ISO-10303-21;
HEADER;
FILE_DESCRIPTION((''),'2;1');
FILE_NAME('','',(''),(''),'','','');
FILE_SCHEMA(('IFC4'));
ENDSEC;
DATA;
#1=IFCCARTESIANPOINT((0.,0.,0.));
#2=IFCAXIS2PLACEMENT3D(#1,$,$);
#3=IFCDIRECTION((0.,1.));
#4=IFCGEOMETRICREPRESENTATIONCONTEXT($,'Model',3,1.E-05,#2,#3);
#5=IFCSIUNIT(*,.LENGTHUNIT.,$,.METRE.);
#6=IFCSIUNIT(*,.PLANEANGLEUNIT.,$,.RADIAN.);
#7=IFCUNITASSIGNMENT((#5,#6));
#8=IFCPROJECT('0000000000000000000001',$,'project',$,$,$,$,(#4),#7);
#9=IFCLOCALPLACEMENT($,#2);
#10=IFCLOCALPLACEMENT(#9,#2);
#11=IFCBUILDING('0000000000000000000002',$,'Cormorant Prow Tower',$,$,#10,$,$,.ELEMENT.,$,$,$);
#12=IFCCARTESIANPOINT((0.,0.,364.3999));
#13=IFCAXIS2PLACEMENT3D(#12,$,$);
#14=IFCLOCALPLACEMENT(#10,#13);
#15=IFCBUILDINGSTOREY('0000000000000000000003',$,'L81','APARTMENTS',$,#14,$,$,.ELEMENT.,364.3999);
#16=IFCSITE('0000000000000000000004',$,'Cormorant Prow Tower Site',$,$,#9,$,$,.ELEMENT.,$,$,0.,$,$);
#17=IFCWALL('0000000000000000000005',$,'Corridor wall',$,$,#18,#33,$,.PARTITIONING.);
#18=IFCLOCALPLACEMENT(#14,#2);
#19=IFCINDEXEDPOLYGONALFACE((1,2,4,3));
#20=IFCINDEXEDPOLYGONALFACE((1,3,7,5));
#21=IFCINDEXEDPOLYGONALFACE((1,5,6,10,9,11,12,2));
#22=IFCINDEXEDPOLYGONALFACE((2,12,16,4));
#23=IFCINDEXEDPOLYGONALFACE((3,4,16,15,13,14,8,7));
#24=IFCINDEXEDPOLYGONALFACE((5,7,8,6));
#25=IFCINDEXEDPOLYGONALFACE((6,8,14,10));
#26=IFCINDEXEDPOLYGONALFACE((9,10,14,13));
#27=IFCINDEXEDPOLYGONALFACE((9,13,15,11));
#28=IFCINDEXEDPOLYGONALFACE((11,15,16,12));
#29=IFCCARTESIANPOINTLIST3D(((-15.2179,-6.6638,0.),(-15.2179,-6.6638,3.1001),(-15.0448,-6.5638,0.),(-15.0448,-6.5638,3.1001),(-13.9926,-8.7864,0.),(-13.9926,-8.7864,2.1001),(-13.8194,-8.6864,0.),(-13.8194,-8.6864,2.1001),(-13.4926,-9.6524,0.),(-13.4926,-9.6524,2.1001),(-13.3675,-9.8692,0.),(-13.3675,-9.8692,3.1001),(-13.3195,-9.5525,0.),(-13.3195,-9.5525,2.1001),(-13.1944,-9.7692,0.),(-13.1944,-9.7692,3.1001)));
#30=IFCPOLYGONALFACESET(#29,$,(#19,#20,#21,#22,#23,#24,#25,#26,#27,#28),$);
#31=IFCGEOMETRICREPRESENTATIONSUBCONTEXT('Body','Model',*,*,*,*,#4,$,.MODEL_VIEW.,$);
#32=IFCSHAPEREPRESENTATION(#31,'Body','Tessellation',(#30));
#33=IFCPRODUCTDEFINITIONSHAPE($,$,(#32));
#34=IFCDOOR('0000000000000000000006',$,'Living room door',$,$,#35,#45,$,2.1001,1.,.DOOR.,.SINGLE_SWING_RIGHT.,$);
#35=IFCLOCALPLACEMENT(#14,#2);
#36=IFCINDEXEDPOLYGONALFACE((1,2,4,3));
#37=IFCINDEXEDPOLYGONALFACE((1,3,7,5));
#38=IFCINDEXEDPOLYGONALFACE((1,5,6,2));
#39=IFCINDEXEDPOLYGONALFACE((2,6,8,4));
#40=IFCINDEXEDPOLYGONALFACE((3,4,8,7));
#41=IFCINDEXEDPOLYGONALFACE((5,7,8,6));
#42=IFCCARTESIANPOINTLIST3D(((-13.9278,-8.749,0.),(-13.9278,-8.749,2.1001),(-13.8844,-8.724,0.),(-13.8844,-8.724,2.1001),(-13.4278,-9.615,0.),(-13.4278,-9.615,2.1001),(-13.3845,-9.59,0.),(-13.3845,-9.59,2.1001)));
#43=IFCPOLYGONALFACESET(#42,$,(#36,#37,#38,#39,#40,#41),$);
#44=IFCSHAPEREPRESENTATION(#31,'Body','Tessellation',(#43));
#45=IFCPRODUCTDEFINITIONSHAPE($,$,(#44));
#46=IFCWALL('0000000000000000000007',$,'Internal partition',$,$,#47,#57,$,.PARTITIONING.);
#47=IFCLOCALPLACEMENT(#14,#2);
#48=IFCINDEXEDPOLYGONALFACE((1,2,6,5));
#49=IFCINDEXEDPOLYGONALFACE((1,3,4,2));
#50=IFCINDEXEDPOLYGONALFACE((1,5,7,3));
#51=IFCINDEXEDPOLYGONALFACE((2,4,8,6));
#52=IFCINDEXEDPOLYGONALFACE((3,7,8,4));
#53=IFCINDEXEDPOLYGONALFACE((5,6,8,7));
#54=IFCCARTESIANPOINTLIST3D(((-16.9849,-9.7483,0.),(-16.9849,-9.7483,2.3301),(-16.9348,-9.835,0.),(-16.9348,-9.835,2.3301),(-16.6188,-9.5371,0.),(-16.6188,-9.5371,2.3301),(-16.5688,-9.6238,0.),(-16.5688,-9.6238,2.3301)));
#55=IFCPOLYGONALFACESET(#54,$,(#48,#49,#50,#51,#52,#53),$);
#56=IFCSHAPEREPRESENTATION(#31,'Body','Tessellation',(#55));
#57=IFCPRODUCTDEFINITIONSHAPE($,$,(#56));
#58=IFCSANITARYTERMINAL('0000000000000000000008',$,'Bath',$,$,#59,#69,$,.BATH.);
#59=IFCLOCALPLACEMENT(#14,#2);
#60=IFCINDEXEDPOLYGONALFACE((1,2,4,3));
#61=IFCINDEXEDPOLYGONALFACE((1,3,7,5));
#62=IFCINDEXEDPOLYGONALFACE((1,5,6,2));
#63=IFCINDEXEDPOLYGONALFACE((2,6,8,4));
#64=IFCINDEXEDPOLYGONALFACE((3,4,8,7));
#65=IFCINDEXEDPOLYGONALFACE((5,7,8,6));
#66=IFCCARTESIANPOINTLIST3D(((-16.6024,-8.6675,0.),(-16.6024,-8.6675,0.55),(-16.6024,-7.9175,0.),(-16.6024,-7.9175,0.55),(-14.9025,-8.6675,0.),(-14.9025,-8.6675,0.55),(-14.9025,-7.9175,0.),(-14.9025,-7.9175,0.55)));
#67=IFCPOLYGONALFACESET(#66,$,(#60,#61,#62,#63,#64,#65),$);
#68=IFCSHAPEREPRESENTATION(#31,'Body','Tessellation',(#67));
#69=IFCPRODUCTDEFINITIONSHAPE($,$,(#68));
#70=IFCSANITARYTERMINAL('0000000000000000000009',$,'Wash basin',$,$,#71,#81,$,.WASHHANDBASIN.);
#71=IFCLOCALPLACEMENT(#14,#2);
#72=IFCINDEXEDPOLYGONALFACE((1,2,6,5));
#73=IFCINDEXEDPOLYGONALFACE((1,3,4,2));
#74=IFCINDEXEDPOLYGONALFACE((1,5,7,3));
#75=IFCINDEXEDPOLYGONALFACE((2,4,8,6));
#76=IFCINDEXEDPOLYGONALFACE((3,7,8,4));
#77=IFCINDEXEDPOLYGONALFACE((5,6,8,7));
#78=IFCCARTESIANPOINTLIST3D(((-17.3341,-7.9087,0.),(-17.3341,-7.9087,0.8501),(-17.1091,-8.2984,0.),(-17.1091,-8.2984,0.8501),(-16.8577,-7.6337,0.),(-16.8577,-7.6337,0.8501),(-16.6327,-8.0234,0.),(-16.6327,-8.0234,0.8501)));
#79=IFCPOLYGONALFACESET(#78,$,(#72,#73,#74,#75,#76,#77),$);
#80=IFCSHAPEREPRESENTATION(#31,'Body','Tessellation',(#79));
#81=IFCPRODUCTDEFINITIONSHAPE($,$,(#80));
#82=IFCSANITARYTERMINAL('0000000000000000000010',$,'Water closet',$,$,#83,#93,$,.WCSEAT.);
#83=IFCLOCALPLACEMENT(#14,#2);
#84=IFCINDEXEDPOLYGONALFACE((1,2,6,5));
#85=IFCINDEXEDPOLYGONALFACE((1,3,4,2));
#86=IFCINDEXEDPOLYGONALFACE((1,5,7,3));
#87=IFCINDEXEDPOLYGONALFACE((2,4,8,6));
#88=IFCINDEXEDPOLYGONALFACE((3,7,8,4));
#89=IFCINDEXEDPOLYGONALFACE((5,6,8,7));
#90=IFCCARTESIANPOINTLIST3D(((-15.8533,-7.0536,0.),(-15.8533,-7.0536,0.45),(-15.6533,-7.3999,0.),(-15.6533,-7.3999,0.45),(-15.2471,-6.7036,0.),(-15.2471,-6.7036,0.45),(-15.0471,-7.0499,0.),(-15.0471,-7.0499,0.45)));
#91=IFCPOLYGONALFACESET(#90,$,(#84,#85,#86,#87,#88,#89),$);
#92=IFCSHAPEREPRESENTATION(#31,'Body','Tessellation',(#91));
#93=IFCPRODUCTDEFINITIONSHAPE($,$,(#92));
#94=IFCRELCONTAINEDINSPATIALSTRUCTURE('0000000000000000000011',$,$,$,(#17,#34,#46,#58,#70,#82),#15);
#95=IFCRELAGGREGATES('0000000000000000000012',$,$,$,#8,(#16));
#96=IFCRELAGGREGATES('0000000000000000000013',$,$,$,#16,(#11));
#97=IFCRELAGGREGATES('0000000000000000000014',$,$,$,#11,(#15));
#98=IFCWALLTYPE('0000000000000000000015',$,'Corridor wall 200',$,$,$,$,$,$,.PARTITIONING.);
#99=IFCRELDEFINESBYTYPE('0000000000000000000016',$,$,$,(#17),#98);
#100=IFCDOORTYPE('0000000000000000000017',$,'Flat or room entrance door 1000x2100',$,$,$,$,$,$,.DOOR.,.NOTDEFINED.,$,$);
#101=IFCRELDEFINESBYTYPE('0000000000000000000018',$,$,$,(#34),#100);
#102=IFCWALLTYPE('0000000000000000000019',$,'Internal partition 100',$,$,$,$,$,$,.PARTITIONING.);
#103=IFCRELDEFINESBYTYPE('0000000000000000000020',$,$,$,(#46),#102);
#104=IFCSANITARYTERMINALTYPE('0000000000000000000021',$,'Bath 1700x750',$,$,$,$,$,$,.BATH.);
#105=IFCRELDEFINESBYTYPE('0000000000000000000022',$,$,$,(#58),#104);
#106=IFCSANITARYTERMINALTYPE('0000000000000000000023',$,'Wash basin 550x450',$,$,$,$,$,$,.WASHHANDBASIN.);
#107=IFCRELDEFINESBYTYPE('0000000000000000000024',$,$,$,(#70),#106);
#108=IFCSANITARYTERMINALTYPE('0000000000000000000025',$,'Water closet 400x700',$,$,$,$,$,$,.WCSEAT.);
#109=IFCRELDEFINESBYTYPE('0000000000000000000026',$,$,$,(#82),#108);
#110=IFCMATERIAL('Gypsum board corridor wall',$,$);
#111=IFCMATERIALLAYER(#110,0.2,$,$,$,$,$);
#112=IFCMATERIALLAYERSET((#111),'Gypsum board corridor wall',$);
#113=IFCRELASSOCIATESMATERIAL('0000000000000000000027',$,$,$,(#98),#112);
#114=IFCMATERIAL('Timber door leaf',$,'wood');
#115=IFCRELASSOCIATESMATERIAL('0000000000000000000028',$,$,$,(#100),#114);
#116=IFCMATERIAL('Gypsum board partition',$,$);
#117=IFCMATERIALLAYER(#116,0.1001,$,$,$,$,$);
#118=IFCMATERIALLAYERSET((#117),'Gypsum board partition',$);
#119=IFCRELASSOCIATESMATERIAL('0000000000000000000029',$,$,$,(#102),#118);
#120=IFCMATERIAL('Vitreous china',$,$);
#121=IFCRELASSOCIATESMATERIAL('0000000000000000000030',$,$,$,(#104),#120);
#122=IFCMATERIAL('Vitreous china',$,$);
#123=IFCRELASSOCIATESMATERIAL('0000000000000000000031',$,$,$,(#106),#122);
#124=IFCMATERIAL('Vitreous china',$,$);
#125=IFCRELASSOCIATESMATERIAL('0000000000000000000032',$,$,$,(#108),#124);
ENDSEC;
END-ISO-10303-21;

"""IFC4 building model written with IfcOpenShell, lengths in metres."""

from ifc_helpers import new_model, si_unit, direction, frame, frame_2d, origin, origin_2d, place, context, subcontext, project, spatial, rectangle, extrude, material, layer, layer_set, type_object, element, fill, save


model = new_model("IFC4")

# Units and contexts
model_context = context("Model", 3, precision=1e-05, world=origin(), true_north=direction((0.0, 1.0)))
body_context = subcontext(model_context, "Body", "Model", "MODEL_VIEW")
ifc_project = project(units=[si_unit("LENGTHUNIT", "METRE"), si_unit("PLANEANGLEUNIT", "RADIAN")], contexts=[model_context])

# Site, building, storey
site_placement = place(None, origin())
site = spatial("IfcSite", under=ifc_project, at=site_placement, Name="Cormorant Prow Tower Site", CompositionType="ELEMENT", RefElevation=0.0)
building_placement = place(site_placement, origin())
building = spatial("IfcBuilding", under=site, at=building_placement, Name="Cormorant Prow Tower", CompositionType="ELEMENT")
storey_placement = place(building_placement, frame((0.0, 0.0, 364.3999)))
storey = spatial("IfcBuildingStorey", under=building, at=storey_placement, Name="L81", Description="APARTMENTS", CompositionType="ELEMENT", Elevation=364.3999)

# Shared definitions
ifc_material_1 = material(Name="Gypsum board corridor wall")
ifc_layer_1 = layer(ifc_material_1, 0.2)
ifc_layer_set_1 = layer_set([ifc_layer_1], Name="Gypsum board corridor wall")
wall_type_1 = type_object("IfcWallType", Name="Corridor wall 200", PredefinedType="PARTITIONING", material=ifc_layer_set_1)
ifc_material_2 = material(Name="Timber door leaf", Category="wood")
door_type_1 = type_object("IfcDoorType", Name="Flat or room entrance door 1000x2100", OperationType="NOTDEFINED", PredefinedType="DOOR", material=ifc_material_2)

# Wall, opening, door
wall_1_placement = place(storey_placement, frame((-15.1313, -6.6138, 0.0), z_axis=(0.0, 0.0, 1.0), x_axis=(0.499949, -0.866055, 0.0)))
wall_1 = element("IfcWall", 1, at=wall_1_placement, inside=storey, type_object=wall_type_1, Name="Corridor wall", PredefinedType="PARTITIONING", context=body_context, shape_type="SweptSolid", body=[
    extrude(rectangle(XDim=3.7012, YDim=0.2, at=frame_2d((1.8506, 0.0))), origin(), (0.0, 0.0, 1.0), 3.1001),
])
opening_1_placement = place(wall_1_placement, frame((2.4509, 0.0, 0.0)))
opening_1 = element("IfcOpeningElement", 2, at=opening_1_placement, cuts=wall_1, PredefinedType="OPENING", context=body_context, shape_type="SweptSolid", body=[
    extrude(rectangle(XDim=1.0, YDim=2.1001, at=frame_2d((0.5, 1.05))), frame((0.0, 0.1099, 0.0), z_axis=(0.0, -1.0, 0.0), x_axis=(1.0, 0.0, 0.0)), (0.0, 0.0, 1.0), 0.22),
])
door_1_placement = place(opening_1_placement, origin())
door_1 = element("IfcDoor", 3, at=door_1_placement, inside=storey, type_object=door_type_1, Name="Living room door", OperationType="SINGLE_SWING_RIGHT", OverallHeight=2.1001, OverallWidth=1.0, PredefinedType="DOOR", context=body_context, shape_type="SweptSolid", body=[
    extrude(rectangle(XDim=1.0, YDim=2.1001, at=frame_2d((0.5, 1.05))), frame((0.0, 0.0249, 0.0), z_axis=(0.0, -1.0, 0.0), x_axis=(1.0, 0.0, 0.0)), (0.0, 0.0, 1.0), 0.05),
])
fill(opening_1, door_1)

# Wall
ifc_material_3 = material(Name="Gypsum board partition")
ifc_layer_2 = layer(ifc_material_3, 0.1001)
ifc_layer_set_2 = layer_set([ifc_layer_2], Name="Gypsum board partition")
wall_type_2 = type_object("IfcWallType", Name="Internal partition 100", PredefinedType="PARTITIONING", material=ifc_layer_set_2)
wall_2_placement = place(storey_placement, frame((-16.96, -9.7917, 0.0), z_axis=(0.0, 0.0, 1.0), x_axis=(0.866137, 0.499806, 0.0)))
element("IfcWall", 4, at=wall_2_placement, inside=storey, type_object=wall_type_2, Name="Internal partition", PredefinedType="PARTITIONING", context=body_context, shape_type="SweptSolid", body=[
    extrude(rectangle(XDim=0.4226, YDim=0.1001, at=frame_2d((0.2114, 0.0))), origin(), (0.0, 0.0, 1.0), 2.3301),
])

# Sanitary terminals
ifc_material_4 = material(Name="Vitreous china")
sanitary_terminal_type_1 = type_object("IfcSanitaryTerminalType", Name="Bath 1700x750", PredefinedType="BATH", material=ifc_material_4)
sanitary_terminal_1_placement = place(storey_placement, frame((-15.7524, -8.2925, 0.0), z_axis=(0.0, 0.0, 1.0), x_axis=(1.0, 0.0, 0.0)))
element("IfcSanitaryTerminal", 5, at=sanitary_terminal_1_placement, inside=storey, type_object=sanitary_terminal_type_1, Name="Bath", PredefinedType="BATH", context=body_context, shape_type="SweptSolid", body=[
    extrude(rectangle(XDim=1.7, YDim=0.75, at=origin_2d()), origin(), (0.0, 0.0, 1.0), 0.55),
])
ifc_material_5 = material(Name="Vitreous china")
sanitary_terminal_type_2 = type_object("IfcSanitaryTerminalType", Name="Wash basin 550x450", PredefinedType="WASHHANDBASIN", material=ifc_material_5)
sanitary_terminal_2_placement = place(storey_placement, frame((-16.9834, -7.9661, 0.0), z_axis=(0.0, 0.0, 1.0), x_axis=(0.866025, 0.5, 0.0)))
element("IfcSanitaryTerminal", 6, at=sanitary_terminal_2_placement, inside=storey, type_object=sanitary_terminal_type_2, Name="Wash basin", PredefinedType="WASHHANDBASIN", context=body_context, shape_type="SweptSolid", body=[
    extrude(rectangle(XDim=0.55, YDim=0.45, at=origin_2d()), origin(), (0.0, 0.0, 1.0), 0.8501),
])
ifc_material_6 = material(Name="Vitreous china")
sanitary_terminal_type_3 = type_object("IfcSanitaryTerminalType", Name="Water closet 400x700", PredefinedType="WCSEAT", material=ifc_material_6)
sanitary_terminal_3_placement = place(storey_placement, frame((-15.4502, -7.0518, 0.0), z_axis=(0.0, 0.0, 1.0), x_axis=(0.5, -0.866025, 0.0)))
element("IfcSanitaryTerminal", 7, at=sanitary_terminal_3_placement, inside=storey, type_object=sanitary_terminal_type_3, Name="Water closet", PredefinedType="WCSEAT", context=body_context, shape_type="SweptSolid", body=[
    extrude(rectangle(XDim=0.3999, YDim=0.7, at=origin_2d()), origin(), (0.0, 0.0, 1.0), 0.45),
])

save(model, "model.ifc")
